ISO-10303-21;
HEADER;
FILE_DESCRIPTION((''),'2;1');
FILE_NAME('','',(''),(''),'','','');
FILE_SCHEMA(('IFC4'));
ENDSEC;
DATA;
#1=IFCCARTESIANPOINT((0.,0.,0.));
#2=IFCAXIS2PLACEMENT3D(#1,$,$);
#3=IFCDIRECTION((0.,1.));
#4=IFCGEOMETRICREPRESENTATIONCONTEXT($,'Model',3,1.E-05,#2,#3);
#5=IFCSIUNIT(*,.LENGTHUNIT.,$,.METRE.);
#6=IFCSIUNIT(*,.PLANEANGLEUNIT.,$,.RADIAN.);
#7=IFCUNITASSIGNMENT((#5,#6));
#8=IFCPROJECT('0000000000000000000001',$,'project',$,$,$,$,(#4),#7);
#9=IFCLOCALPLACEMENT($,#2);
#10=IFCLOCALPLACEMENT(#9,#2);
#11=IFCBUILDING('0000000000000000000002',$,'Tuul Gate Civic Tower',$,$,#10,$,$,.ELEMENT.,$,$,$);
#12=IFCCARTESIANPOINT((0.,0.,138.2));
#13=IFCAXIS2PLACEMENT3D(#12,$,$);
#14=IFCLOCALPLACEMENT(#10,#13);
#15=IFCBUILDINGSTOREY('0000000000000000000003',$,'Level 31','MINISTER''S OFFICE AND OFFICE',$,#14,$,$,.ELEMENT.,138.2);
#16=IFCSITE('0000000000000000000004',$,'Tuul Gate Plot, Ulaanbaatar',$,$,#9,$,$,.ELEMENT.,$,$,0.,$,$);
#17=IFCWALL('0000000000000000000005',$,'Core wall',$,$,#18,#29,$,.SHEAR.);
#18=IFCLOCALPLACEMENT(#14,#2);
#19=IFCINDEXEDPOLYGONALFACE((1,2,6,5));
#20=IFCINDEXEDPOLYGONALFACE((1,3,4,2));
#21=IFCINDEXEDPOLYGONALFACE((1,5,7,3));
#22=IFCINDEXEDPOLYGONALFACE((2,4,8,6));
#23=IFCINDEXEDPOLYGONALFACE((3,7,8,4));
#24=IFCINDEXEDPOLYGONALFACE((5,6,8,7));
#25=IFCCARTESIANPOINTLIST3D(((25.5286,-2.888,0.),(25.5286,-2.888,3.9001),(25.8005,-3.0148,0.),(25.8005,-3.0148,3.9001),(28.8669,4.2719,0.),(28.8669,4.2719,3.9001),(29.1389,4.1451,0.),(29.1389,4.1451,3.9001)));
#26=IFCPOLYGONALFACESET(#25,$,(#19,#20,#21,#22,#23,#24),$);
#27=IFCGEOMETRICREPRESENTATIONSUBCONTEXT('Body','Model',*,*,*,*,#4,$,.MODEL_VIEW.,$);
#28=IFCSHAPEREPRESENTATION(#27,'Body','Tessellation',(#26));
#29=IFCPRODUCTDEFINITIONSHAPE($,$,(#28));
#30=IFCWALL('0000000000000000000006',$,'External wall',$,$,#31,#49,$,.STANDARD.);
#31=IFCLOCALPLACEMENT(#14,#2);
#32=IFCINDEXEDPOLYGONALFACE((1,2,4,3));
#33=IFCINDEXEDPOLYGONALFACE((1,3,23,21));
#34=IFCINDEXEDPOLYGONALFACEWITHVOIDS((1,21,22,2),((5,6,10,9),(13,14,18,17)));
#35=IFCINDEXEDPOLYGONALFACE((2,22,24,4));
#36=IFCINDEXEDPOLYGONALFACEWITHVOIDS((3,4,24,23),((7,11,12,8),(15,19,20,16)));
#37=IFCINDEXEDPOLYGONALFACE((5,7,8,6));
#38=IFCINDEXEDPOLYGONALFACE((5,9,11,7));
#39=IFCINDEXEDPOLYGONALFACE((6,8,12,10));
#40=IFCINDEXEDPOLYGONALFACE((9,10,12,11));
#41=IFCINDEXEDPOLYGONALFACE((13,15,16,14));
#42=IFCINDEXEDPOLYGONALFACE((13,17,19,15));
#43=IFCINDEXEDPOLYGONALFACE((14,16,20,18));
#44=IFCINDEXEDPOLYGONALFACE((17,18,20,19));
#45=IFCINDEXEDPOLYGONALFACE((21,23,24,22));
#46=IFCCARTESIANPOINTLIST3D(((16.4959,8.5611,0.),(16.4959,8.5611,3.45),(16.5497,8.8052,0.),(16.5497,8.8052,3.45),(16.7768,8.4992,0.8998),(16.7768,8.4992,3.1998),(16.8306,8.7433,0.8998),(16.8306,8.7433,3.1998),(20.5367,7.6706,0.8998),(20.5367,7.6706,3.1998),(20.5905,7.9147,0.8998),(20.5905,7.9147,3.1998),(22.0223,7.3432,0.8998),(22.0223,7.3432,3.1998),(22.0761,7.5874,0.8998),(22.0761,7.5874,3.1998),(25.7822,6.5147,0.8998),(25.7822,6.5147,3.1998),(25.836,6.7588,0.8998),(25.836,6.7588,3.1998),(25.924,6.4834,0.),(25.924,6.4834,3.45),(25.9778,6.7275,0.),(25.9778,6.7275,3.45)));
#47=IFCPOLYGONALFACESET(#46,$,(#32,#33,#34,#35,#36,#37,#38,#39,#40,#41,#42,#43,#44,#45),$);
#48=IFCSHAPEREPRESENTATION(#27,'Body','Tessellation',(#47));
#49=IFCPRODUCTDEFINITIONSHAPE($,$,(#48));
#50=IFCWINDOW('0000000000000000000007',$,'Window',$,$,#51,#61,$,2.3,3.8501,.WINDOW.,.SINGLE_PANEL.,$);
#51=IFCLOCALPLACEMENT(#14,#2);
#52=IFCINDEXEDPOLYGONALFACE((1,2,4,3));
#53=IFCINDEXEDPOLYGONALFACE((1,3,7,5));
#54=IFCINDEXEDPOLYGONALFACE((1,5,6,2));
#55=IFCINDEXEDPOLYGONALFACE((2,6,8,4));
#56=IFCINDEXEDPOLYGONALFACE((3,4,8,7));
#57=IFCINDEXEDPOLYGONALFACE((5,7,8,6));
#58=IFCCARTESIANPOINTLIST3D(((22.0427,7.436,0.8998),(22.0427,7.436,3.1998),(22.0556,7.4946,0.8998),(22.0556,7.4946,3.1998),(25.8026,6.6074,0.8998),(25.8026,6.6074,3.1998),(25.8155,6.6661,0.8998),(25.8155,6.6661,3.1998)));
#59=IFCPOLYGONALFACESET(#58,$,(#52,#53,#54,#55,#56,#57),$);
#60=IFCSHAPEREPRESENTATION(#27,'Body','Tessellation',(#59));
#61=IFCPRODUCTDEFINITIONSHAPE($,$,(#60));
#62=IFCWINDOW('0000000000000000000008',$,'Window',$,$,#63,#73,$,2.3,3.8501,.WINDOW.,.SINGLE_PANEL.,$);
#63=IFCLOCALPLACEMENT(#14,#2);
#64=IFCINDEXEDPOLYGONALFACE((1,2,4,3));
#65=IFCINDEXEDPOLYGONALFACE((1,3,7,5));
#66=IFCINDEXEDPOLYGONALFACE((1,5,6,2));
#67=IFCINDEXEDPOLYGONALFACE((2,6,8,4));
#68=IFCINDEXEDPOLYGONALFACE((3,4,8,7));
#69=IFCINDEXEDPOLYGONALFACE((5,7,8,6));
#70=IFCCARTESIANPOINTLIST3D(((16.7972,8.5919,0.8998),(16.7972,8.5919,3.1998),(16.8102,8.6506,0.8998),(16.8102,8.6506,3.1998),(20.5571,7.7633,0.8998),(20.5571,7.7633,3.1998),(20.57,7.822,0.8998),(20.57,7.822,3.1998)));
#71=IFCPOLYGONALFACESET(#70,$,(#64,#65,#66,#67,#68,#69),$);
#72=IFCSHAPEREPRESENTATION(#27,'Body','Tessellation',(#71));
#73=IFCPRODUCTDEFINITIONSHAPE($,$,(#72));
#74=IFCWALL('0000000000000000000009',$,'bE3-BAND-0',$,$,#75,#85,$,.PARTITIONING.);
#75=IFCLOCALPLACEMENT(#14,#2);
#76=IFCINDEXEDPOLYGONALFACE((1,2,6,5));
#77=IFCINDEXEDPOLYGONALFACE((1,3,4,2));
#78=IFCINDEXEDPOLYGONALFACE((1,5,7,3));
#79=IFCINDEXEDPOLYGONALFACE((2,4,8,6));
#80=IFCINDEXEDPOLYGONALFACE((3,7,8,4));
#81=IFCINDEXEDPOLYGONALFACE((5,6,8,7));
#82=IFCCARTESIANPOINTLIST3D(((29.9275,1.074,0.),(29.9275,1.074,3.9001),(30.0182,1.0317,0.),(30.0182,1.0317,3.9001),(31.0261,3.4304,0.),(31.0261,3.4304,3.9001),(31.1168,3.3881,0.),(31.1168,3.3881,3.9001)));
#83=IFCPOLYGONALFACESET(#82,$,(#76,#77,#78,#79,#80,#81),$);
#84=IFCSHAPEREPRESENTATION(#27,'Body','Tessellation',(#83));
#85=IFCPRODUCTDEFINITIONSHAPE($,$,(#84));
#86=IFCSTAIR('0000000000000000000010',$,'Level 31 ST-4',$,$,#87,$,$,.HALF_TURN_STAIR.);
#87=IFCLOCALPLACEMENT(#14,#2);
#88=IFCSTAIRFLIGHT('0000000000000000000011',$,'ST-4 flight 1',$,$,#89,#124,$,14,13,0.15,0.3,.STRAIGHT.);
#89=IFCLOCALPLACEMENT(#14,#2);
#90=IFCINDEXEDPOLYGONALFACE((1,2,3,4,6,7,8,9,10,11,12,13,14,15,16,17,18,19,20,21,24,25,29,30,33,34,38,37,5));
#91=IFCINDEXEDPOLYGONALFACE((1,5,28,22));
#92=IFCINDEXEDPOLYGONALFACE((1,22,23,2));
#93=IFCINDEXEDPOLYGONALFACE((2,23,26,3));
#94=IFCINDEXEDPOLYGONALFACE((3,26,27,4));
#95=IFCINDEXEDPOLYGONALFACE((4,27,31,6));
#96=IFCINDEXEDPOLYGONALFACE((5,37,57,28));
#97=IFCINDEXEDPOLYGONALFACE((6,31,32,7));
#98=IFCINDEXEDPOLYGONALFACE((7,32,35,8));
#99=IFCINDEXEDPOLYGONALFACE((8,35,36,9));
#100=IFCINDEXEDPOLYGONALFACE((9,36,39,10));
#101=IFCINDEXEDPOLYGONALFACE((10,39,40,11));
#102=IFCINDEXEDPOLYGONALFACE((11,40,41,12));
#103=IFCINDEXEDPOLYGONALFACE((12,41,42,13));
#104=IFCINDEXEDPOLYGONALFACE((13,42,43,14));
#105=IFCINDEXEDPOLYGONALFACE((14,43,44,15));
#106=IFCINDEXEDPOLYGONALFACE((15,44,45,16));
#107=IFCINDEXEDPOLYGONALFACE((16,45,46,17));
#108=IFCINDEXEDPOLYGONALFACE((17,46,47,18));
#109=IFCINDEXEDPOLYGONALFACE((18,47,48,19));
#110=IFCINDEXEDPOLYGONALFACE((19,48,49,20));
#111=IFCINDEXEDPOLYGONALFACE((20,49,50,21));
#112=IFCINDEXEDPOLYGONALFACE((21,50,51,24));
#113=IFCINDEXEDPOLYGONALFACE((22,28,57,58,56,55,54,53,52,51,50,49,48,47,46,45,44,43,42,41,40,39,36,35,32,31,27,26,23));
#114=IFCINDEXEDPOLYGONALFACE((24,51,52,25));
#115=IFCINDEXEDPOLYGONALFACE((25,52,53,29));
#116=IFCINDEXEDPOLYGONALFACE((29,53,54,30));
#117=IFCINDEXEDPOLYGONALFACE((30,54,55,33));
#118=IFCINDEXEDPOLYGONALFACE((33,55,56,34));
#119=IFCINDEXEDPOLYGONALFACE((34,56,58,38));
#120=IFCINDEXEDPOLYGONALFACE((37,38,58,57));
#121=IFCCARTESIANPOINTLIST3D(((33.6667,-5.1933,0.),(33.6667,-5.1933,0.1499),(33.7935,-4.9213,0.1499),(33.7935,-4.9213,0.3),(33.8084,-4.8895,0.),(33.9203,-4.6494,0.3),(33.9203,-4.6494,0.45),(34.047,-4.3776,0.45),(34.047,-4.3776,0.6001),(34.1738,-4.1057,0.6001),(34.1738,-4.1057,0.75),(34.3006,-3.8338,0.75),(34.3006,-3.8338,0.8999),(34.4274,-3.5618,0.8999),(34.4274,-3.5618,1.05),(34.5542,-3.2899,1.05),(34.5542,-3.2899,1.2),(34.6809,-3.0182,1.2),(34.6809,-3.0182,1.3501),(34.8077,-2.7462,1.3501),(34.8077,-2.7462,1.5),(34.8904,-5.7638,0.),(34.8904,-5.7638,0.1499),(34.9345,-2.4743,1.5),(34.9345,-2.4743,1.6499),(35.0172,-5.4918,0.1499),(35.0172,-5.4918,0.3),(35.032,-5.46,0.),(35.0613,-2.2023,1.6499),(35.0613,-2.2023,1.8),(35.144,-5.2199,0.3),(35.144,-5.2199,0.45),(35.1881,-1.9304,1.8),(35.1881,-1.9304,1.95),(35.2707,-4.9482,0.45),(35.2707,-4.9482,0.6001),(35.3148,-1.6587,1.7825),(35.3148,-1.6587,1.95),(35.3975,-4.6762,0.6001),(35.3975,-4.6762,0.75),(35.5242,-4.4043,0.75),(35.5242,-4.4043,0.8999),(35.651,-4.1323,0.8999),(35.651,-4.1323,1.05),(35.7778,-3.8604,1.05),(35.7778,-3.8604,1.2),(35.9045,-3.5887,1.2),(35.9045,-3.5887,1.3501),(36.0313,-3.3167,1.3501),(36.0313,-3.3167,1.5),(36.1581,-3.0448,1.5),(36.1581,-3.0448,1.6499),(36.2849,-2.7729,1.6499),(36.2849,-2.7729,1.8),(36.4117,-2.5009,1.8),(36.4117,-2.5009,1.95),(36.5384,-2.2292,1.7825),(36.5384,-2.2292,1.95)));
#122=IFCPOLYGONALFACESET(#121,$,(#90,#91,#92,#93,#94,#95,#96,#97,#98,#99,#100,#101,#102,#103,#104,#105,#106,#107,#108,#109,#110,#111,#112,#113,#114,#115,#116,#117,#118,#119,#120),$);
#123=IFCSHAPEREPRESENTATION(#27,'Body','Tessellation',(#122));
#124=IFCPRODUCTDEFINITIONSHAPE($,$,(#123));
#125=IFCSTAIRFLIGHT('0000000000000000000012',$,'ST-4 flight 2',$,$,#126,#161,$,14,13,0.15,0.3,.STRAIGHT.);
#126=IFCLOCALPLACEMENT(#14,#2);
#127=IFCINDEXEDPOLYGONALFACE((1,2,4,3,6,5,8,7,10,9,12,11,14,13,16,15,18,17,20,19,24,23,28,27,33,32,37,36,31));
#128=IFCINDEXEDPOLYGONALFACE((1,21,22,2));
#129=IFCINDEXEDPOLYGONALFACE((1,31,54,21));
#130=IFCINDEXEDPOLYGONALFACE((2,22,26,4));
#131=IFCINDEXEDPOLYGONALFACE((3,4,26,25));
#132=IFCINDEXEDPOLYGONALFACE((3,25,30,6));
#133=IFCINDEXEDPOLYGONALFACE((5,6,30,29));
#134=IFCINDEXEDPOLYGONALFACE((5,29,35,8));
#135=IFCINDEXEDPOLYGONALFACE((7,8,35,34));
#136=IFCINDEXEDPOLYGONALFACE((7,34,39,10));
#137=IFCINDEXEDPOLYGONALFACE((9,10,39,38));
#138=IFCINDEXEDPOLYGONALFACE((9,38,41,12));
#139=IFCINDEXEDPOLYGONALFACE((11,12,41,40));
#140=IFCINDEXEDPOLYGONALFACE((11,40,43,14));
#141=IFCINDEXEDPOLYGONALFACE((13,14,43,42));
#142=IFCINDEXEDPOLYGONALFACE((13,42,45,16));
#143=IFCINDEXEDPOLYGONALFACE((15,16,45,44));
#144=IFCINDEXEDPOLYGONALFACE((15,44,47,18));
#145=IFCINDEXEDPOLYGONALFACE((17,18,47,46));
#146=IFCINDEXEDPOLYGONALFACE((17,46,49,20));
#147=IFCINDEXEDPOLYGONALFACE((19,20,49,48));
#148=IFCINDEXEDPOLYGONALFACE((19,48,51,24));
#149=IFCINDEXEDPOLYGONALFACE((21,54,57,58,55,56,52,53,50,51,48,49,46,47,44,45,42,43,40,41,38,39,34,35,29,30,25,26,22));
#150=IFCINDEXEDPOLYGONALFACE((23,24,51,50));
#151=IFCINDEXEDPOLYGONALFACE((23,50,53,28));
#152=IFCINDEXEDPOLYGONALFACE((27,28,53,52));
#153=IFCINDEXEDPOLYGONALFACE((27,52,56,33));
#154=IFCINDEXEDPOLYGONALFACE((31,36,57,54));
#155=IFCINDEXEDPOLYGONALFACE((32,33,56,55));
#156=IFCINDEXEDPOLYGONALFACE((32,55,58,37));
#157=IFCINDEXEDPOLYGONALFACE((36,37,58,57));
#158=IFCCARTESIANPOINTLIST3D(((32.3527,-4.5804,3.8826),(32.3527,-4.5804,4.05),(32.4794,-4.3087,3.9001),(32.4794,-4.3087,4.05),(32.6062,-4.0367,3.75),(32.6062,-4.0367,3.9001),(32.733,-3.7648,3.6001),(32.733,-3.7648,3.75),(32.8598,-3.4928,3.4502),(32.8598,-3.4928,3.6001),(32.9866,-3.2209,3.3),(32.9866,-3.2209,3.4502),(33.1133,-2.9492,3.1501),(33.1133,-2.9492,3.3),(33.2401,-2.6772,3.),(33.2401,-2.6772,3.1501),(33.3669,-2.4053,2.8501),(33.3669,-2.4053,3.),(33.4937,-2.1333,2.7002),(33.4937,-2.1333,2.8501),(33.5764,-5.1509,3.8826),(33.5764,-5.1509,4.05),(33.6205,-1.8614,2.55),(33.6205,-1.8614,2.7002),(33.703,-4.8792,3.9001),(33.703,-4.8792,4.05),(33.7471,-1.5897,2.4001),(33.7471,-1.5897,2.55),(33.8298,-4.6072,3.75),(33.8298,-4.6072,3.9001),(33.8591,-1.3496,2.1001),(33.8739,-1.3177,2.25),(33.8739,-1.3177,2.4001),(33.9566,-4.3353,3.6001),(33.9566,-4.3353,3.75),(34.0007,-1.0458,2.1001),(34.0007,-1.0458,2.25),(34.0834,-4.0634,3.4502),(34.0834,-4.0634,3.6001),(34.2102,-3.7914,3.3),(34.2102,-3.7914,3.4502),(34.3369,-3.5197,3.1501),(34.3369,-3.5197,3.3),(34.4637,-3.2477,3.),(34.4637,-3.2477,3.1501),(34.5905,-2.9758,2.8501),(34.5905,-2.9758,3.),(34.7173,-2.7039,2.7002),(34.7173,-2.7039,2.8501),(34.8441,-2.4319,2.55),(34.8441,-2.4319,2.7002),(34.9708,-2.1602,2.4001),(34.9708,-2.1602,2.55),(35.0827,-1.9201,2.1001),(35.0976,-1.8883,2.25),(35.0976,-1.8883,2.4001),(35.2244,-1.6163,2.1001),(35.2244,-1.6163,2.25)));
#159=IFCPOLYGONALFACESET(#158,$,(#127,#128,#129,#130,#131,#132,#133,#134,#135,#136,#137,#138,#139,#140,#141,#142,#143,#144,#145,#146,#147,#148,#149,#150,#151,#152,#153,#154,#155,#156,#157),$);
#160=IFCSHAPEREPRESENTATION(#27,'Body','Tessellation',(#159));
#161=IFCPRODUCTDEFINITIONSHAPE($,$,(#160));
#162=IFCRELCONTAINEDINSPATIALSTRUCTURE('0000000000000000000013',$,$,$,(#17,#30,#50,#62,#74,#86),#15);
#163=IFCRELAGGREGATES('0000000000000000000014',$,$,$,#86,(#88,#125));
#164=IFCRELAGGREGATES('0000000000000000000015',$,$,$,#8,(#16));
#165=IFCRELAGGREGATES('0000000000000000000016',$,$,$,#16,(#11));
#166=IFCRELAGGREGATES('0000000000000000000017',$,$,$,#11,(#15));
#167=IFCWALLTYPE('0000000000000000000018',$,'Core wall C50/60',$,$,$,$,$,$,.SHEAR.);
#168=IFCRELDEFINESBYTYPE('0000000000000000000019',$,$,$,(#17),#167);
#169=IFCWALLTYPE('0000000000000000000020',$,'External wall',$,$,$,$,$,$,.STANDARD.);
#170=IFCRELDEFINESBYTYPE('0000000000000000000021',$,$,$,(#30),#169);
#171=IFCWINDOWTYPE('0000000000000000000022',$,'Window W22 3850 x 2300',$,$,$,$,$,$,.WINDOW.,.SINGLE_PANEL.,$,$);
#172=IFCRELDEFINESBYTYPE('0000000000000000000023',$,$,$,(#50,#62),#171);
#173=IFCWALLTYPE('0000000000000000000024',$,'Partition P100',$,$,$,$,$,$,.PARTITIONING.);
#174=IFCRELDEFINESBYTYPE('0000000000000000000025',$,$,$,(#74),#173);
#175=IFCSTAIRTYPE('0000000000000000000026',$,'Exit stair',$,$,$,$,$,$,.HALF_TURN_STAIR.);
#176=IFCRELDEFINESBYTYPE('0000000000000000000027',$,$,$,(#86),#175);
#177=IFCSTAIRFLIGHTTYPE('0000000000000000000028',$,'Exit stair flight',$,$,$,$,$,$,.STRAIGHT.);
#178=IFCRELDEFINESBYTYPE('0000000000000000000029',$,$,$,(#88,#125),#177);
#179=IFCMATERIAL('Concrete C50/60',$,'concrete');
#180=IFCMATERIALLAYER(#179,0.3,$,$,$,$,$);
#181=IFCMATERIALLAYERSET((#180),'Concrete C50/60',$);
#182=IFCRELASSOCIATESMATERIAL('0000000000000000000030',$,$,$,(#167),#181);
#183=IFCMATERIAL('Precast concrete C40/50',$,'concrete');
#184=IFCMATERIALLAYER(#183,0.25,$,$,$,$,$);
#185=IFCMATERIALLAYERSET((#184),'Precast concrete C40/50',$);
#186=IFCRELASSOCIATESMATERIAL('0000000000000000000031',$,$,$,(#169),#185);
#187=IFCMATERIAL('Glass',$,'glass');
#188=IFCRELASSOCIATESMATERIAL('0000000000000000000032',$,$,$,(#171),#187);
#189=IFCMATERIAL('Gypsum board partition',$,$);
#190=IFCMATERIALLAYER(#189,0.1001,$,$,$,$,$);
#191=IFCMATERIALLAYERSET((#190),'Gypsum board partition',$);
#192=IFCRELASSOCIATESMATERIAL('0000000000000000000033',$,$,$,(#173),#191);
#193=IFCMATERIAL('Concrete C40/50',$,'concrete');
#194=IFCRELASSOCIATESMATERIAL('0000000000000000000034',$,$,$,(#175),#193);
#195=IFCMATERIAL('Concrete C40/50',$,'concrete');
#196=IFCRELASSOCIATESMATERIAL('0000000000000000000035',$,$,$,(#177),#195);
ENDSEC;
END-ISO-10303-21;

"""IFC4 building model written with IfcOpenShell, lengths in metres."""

from ifc_helpers import new_model, si_unit, direction, frame, frame_2d, origin, place, context, subcontext, project, spatial, polyline, rectangle, outline, extrude, material, layer, layer_set, type_object, element, fill, aggregate, save


model = new_model("IFC4")

# Units and contexts
model_context = context("Model", 3, precision=1e-05, world=origin(), true_north=direction((0.0, 1.0)))
body_context = subcontext(model_context, "Body", "Model", "MODEL_VIEW")
ifc_project = project(units=[si_unit("LENGTHUNIT", "METRE"), si_unit("PLANEANGLEUNIT", "RADIAN")], contexts=[model_context])

# Site, building, storey
site_placement = place(None, origin())
site = spatial("IfcSite", under=ifc_project, at=site_placement, Name="Tuul Gate Plot, Ulaanbaatar", CompositionType="ELEMENT", RefElevation=0.0)
building_placement = place(site_placement, origin())
building = spatial("IfcBuilding", under=site, at=building_placement, Name="Tuul Gate Civic Tower", CompositionType="ELEMENT")
storey_placement = place(building_placement, frame((0.0, 0.0, 138.2)))
storey = spatial("IfcBuildingStorey", under=building, at=storey_placement, Name="Level 31", Description="MINISTER'S OFFICE AND OFFICE", CompositionType="ELEMENT", Elevation=138.2)

# Shared definitions
ifc_material_1 = material(Name="Concrete C50/60", Category="concrete")
ifc_layer_1 = layer(ifc_material_1, 0.3)
ifc_layer_set_1 = layer_set([ifc_layer_1], Name="Concrete C50/60")
wall_type_1 = type_object("IfcWallType", Name="Core wall C50/60", PredefinedType="SHEAR", material=ifc_layer_set_1)

# Wall
wall_1_placement = place(storey_placement, frame((25.6646, -2.9514, 0.0), z_axis=(0.0, 0.0, 1.0), x_axis=(0.422583, 0.906324, 0.0)))
element("IfcWall", 1, at=wall_1_placement, inside=storey, type_object=wall_type_1, Name="Core wall", PredefinedType="SHEAR", context=body_context, shape_type="SweptSolid", body=[
    extrude(rectangle(XDim=7.8999, YDim=0.3, at=frame_2d((3.95, 0.0))), origin(), (0.0, 0.0, 1.0), 3.9001),
])

# Wall, openings, windows
ifc_material_2 = material(Name="Precast concrete C40/50", Category="concrete")
ifc_layer_2 = layer(ifc_material_2, 0.25)
ifc_layer_set_2 = layer_set([ifc_layer_2], Name="Precast concrete C40/50")
wall_type_2 = type_object("IfcWallType", Name="External wall", PredefinedType="STANDARD", material=ifc_layer_set_2)
wall_2_placement = place(storey_placement, frame((25.9509, 6.6055, 0.0), z_axis=(0.0, 0.0, 1.0), x_axis=(-0.976569, 0.215206, 0.0)))
wall_2 = element("IfcWall", 2, at=wall_2_placement, inside=storey, type_object=wall_type_2, Name="External wall", PredefinedType="STANDARD", context=body_context, shape_type="SweptSolid", body=[
    extrude(rectangle(XDim=9.6543, YDim=0.25, at=frame_2d((4.8271, 0.0))), origin(), (0.0, 0.0, 1.0), 3.45),
])
opening_1_placement = place(wall_2_placement, frame((0.1453, 0.0, 0.8999)))
opening_1 = element("IfcOpeningElement", 3, at=opening_1_placement, cuts=wall_2, PredefinedType="OPENING", context=body_context, shape_type="SweptSolid", body=[
    extrude(rectangle(XDim=3.8501, YDim=2.3, at=frame_2d((1.925, 1.1499))), frame((0.0, 0.135, 0.0), z_axis=(0.0, -1.0, 0.0), x_axis=(1.0, 0.0, 0.0)), (0.0, 0.0, 1.0), 0.27),
])
opening_2_placement = place(wall_2_placement, frame((5.5166, 0.0, 0.8999)))
opening_2 = element("IfcOpeningElement", 4, at=opening_2_placement, cuts=wall_2, PredefinedType="OPENING", context=body_context, shape_type="SweptSolid", body=[
    extrude(rectangle(XDim=3.8501, YDim=2.3, at=frame_2d((1.925, 1.1499))), frame((0.0, 0.135, 0.0), z_axis=(0.0, -1.0, 0.0), x_axis=(1.0, 0.0, 0.0)), (0.0, 0.0, 1.0), 0.27),
])
ifc_material_3 = material(Name="Glass", Category="glass")
window_type = type_object("IfcWindowType", Name="Window W22 3850 x 2300", PartitioningType="SINGLE_PANEL", PredefinedType="WINDOW", material=ifc_material_3)
window_1_placement = place(opening_1_placement, origin())
window_1 = element("IfcWindow", 5, at=window_1_placement, inside=storey, type_object=window_type, Name="Window", OverallHeight=2.3, OverallWidth=3.8501, PartitioningType="SINGLE_PANEL", PredefinedType="WINDOW", context=body_context, shape_type="SweptSolid", body=[
    extrude(rectangle(XDim=3.8501, YDim=2.3, at=frame_2d((1.925, 1.1499))), frame((0.0, 0.03, 0.0), z_axis=(0.0, -1.0, 0.0), x_axis=(1.0, 0.0, 0.0)), (0.0, 0.0, 1.0), 0.0601),
])
fill(opening_1, window_1)
window_2_placement = place(opening_2_placement, origin())
window_2 = element("IfcWindow", 6, at=window_2_placement, inside=storey, type_object=window_type, Name="Window", OverallHeight=2.3, OverallWidth=3.8501, PartitioningType="SINGLE_PANEL", PredefinedType="WINDOW", context=body_context, shape_type="SweptSolid", body=[
    extrude(rectangle(XDim=3.8501, YDim=2.3, at=frame_2d((1.925, 1.1499))), frame((0.0, 0.03, 0.0), z_axis=(0.0, -1.0, 0.0), x_axis=(1.0, 0.0, 0.0)), (0.0, 0.0, 1.0), 0.0601),
])
fill(opening_2, window_2)

# Wall
ifc_material_4 = material(Name="Gypsum board partition")
ifc_layer_3 = layer(ifc_material_4, 0.1001)
ifc_layer_set_3 = layer_set([ifc_layer_3], Name="Gypsum board partition")
wall_type_3 = type_object("IfcWallType", Name="Partition P100", PredefinedType="PARTITIONING", material=ifc_layer_set_3)
wall_3_placement = place(storey_placement, frame((29.9729, 1.053, 0.0), z_axis=(0.0, 0.0, 1.0), x_axis=(0.422556, 0.906337, 0.0)))
element("IfcWall", 7, at=wall_3_placement, inside=storey, type_object=wall_type_3, Name="bE3-BAND-0", PredefinedType="PARTITIONING", context=body_context, shape_type="SweptSolid", body=[
    extrude(rectangle(XDim=2.5999, YDim=0.1001, at=frame_2d((1.2998, 0.0))), origin(), (0.0, 0.0, 1.0), 3.9001),
])

# Stair, stair flights
ifc_material_5 = material(Name="Concrete C40/50", Category="concrete")
stair_type = type_object("IfcStairType", Name="Exit stair", PredefinedType="HALF_TURN_STAIR", material=ifc_material_5)
stair_placement = place(storey_placement, origin())
stair = element("IfcStair", 8, at=stair_placement, inside=storey, type_object=stair_type, Name="Level 31 ST-4", PredefinedType="HALF_TURN_STAIR")
ifc_material_6 = material(Name="Concrete C40/50", Category="concrete")
stair_flight_type = type_object("IfcStairFlightType", Name="Exit stair flight", PredefinedType="STRAIGHT", material=ifc_material_6)
stair_flight_1_placement = place(storey_placement, frame((34.2786, -5.4785, 0.0), z_axis=(0.0, 0.0, 1.0), x_axis=(0.422576, 0.906327, 0.0)))
stair_flight_1 = element("IfcStairFlight", 9, at=stair_flight_1_placement, type_object=stair_flight_type, Name="ST-4 flight 1", NumberOfRisers=14, NumberOfTreads=13, PredefinedType="STRAIGHT", RiserHeight=0.15, TreadLength=0.3, context=body_context, shape_type="SweptSolid", body=[
    extrude(outline(polyline([(0.0, 0.0), (0.0, 0.1499), (0.3, 0.1499), (0.3, 0.3), (0.6001, 0.3), (0.6001, 0.45), (0.8999, 0.45), (0.8999, 0.6001), (1.2, 0.6001), (1.2, 0.75), (1.5, 0.75), (1.5, 0.8999), (1.8, 0.8999), (1.8, 1.05), (2.1001, 1.05), (2.1001, 1.2), (2.3999, 1.2), (2.3999, 1.3501), (2.7, 1.3501), (2.7, 1.5), (3.0, 1.5), (3.0, 1.6499), (3.3, 1.6499), (3.3, 1.8), (3.6001, 1.8), (3.6001, 1.95), (3.8999, 1.95), (3.8999, 2.1001), (3.8999, 1.7825), (0.3352, 0.0), (0.0, 0.0)])), frame((0.0, 0.675, 0.0), z_axis=(0.0, -1.0, 0.0), x_axis=(1.0, 0.0, 0.0)), (0.0, 0.0, 1.0), 1.3501),
])
stair_flight_2_placement = place(storey_placement, frame((34.6125, -1.3311, 2.1001), z_axis=(0.0, 0.0, 1.0), x_axis=(-0.422576, -0.906327, 0.0)))
stair_flight_2 = element("IfcStairFlight", 10, at=stair_flight_2_placement, type_object=stair_flight_type, Name="ST-4 flight 2", NumberOfRisers=14, NumberOfTreads=13, PredefinedType="STRAIGHT", RiserHeight=0.15, TreadLength=0.3, context=body_context, shape_type="SweptSolid", body=[
    extrude(outline(polyline([(0.0, 0.0), (0.0, 0.1499), (0.3, 0.1499), (0.3, 0.3), (0.6001, 0.3), (0.6001, 0.45), (0.8999, 0.45), (0.8999, 0.6001), (1.2, 0.6001), (1.2, 0.75), (1.5, 0.75), (1.5, 0.8999), (1.8, 0.8999), (1.8, 1.05), (2.1001, 1.05), (2.1001, 1.2), (2.3999, 1.2), (2.3999, 1.3501), (2.7, 1.3501), (2.7, 1.5), (3.0, 1.5), (3.0, 1.6499), (3.3, 1.6499), (3.3, 1.8), (3.6001, 1.8), (3.6001, 1.95), (3.8999, 1.95), (3.8999, 2.1001), (3.8999, 1.7825), (0.3352, 0.0), (0.0, 0.0)])), frame((0.0, 0.675, 0.0), z_axis=(0.0, -1.0, 0.0), x_axis=(1.0, 0.0, 0.0)), (0.0, 0.0, 1.0), 1.3501),
])
aggregate(stair, [stair_flight_1, stair_flight_2])

save(model, "model.ifc")
